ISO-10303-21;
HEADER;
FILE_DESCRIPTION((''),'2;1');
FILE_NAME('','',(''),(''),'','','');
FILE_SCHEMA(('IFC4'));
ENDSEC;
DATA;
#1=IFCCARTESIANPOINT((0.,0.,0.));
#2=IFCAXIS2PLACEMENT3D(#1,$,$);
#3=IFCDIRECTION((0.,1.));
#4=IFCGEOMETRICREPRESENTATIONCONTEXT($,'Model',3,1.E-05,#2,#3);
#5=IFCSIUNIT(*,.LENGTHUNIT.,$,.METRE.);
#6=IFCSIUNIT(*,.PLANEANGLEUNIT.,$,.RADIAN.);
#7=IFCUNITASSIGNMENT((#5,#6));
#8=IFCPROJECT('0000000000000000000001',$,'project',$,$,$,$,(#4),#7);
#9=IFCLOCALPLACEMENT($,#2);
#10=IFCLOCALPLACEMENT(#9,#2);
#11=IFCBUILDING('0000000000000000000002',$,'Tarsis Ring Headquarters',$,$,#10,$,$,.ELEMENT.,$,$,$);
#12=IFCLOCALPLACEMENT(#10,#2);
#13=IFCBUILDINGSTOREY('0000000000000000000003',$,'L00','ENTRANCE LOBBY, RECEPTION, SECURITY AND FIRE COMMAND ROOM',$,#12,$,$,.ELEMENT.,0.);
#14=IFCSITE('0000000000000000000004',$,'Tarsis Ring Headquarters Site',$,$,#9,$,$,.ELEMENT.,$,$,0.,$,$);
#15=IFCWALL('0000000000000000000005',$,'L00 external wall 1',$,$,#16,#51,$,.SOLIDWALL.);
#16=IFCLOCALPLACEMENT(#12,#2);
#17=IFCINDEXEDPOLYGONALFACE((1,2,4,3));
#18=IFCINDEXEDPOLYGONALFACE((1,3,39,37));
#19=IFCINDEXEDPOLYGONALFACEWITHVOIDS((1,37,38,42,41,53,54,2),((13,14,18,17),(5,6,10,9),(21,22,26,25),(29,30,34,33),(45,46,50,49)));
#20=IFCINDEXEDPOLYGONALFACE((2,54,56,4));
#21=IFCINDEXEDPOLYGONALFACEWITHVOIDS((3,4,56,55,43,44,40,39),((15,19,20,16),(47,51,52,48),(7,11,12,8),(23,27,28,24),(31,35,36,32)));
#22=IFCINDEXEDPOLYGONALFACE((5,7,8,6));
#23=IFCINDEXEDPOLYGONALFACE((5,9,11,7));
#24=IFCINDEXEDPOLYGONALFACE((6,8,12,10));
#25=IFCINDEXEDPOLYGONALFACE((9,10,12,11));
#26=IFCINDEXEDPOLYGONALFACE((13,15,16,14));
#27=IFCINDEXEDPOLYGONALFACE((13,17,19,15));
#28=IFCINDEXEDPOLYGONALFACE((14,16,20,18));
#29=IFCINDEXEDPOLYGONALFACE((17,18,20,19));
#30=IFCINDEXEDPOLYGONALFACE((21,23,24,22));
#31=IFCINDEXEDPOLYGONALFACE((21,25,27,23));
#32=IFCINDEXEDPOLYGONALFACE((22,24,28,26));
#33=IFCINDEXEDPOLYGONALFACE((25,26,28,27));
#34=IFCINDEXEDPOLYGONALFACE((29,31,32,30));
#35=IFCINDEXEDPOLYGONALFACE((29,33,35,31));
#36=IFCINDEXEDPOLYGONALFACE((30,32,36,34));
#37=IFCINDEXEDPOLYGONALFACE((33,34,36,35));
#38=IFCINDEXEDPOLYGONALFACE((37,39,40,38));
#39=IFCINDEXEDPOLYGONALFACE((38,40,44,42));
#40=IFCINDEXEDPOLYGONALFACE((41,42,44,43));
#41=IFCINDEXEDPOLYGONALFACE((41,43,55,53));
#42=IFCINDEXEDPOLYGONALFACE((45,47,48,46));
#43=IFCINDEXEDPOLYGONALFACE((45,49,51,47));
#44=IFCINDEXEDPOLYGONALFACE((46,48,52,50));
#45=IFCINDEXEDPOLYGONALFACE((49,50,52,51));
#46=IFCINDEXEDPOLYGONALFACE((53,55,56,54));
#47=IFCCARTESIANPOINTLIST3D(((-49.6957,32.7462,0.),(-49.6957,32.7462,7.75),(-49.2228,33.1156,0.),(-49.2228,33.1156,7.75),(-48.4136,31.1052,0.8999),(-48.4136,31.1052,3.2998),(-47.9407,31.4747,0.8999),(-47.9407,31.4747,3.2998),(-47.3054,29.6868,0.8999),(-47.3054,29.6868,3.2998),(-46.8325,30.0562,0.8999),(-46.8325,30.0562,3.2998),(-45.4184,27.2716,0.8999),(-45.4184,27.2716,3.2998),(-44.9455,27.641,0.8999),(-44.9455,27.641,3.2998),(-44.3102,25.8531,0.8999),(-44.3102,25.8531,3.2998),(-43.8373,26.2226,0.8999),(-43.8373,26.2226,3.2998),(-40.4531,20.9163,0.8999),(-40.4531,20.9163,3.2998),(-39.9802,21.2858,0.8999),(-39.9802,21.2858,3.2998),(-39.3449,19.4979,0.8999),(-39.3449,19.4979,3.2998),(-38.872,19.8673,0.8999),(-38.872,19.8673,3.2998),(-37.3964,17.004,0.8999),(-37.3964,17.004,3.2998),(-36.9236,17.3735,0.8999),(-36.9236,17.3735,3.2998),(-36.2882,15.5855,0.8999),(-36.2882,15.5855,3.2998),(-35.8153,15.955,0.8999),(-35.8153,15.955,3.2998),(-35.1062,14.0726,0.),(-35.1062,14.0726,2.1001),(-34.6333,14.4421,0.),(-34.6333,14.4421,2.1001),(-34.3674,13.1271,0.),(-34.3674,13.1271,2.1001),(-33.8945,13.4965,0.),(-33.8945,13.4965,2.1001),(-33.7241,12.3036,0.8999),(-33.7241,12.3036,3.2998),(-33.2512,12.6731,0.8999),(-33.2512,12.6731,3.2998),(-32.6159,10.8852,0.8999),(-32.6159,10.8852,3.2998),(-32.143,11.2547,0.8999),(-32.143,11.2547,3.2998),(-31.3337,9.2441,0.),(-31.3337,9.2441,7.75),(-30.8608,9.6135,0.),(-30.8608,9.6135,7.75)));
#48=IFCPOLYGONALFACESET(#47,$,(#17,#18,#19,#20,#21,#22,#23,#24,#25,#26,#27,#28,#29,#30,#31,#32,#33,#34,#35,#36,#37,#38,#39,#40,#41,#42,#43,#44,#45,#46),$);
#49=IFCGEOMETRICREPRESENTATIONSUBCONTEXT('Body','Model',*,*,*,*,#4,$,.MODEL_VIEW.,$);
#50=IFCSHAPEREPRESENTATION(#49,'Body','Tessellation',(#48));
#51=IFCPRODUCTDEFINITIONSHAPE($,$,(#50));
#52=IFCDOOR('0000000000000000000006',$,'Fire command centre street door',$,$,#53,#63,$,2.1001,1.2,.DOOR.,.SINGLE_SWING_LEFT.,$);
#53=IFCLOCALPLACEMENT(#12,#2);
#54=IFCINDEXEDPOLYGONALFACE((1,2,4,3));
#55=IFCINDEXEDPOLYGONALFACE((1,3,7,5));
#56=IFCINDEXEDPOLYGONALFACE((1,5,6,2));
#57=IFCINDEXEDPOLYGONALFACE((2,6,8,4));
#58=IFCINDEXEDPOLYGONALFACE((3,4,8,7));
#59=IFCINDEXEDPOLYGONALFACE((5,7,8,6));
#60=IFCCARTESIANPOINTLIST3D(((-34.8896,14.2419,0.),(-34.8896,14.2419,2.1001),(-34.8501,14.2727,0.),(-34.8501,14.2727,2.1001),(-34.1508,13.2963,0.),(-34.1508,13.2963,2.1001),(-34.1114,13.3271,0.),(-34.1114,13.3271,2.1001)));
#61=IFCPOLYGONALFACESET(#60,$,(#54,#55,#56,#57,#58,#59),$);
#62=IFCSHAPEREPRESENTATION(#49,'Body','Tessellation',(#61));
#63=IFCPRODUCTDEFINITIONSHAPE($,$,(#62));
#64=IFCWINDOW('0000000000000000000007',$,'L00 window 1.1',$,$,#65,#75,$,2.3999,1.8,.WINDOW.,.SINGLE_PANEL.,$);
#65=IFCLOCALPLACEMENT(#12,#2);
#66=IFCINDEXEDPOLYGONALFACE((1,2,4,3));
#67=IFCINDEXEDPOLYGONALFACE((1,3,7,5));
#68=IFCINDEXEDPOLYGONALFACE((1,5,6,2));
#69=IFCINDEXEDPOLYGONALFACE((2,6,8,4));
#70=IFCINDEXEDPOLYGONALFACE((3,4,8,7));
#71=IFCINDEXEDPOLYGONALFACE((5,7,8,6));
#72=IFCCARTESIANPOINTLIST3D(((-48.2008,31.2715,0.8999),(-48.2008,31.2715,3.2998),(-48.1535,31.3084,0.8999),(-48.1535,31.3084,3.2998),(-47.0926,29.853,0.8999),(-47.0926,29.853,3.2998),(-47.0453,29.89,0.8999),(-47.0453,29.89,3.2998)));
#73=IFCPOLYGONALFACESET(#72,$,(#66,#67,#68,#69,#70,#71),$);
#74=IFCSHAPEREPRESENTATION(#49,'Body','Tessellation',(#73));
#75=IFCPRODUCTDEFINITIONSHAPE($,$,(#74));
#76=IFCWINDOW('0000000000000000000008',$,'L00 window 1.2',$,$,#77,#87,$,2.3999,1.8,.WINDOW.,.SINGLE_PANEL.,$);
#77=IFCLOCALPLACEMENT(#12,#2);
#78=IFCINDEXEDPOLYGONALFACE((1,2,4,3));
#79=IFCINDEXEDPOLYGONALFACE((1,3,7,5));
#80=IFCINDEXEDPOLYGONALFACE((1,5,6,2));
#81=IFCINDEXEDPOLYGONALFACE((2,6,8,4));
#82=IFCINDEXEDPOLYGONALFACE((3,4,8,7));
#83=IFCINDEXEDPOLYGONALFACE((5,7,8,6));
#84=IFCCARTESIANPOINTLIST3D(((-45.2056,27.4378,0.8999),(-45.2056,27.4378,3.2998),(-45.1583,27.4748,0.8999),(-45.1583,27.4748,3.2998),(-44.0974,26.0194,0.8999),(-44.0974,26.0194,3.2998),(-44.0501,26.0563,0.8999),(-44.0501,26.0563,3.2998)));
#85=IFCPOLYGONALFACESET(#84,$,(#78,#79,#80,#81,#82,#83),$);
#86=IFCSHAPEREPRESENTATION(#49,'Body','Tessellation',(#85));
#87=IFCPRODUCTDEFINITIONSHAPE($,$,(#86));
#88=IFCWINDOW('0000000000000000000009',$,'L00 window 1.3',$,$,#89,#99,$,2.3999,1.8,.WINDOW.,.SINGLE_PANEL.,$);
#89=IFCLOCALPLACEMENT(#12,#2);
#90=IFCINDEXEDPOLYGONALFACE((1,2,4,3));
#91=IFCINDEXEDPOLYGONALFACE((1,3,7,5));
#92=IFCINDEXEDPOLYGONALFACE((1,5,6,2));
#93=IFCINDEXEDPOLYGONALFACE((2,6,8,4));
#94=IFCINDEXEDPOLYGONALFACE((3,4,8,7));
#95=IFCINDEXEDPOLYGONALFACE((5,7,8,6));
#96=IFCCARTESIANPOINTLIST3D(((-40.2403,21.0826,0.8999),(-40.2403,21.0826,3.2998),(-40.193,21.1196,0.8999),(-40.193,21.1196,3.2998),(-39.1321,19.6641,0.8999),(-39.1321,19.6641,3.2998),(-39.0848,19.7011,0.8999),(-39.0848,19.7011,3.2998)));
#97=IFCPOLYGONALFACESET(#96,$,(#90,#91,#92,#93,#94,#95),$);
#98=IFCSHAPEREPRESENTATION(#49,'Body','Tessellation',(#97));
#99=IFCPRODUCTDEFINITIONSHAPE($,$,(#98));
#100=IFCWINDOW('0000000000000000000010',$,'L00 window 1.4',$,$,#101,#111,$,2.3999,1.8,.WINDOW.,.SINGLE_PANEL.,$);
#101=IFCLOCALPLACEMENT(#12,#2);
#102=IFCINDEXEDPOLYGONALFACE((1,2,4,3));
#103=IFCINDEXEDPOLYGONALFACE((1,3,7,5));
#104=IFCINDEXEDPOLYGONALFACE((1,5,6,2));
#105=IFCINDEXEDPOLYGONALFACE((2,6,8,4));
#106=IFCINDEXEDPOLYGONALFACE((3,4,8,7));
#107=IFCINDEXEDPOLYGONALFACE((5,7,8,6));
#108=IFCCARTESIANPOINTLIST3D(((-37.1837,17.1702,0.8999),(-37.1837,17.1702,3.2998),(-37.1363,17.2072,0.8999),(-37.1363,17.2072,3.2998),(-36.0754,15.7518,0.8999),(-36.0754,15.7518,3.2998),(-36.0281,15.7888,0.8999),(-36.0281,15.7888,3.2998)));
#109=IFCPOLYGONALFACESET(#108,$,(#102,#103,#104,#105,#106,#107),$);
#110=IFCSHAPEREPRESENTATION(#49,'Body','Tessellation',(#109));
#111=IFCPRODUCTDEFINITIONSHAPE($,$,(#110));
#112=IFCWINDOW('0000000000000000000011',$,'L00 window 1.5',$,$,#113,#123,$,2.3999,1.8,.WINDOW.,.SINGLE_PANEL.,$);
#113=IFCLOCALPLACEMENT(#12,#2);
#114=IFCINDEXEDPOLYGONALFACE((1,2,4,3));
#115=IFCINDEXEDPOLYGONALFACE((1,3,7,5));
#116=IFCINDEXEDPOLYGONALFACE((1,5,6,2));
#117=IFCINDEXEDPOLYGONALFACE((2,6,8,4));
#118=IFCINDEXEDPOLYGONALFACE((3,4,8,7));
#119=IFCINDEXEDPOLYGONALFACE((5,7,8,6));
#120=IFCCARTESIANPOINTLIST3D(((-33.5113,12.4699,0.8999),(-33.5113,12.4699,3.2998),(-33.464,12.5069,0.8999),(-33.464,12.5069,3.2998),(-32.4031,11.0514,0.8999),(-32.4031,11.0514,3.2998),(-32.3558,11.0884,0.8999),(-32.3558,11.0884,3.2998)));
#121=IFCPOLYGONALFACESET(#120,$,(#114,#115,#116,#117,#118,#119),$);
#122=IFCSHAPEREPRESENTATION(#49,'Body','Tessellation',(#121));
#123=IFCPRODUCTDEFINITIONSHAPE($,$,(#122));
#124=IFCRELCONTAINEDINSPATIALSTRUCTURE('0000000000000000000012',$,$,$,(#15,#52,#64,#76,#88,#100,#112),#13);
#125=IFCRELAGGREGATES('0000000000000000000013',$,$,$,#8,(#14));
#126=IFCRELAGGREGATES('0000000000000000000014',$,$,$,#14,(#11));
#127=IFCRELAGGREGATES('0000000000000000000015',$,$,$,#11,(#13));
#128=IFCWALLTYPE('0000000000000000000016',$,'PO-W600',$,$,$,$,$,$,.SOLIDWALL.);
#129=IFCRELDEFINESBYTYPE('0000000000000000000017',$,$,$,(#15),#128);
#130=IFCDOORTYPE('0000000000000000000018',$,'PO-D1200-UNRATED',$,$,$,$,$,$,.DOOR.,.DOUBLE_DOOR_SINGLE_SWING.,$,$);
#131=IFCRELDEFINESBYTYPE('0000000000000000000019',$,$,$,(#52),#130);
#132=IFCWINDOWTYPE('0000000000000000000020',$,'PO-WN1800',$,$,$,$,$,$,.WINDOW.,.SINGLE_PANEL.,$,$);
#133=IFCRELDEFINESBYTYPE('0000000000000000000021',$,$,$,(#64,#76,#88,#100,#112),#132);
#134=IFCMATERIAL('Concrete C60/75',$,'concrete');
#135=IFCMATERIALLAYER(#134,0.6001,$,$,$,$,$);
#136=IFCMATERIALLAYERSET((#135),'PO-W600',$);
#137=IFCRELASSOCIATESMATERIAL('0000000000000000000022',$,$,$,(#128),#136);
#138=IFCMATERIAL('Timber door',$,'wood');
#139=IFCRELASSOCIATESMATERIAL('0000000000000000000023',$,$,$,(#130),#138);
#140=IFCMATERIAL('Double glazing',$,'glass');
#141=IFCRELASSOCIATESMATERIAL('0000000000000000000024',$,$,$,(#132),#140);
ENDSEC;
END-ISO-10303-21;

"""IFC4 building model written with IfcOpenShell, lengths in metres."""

from ifc_helpers import new_model, si_unit, direction, frame, frame_2d, origin, place, context, subcontext, project, spatial, rectangle, extrude, material, layer, layer_set, type_object, element, fill, save


model = new_model("IFC4")

# Units and contexts
model_context = context("Model", 3, precision=1e-05, world=origin(), true_north=direction((0.0, 1.0)))
body_context = subcontext(model_context, "Body", "Model", "MODEL_VIEW")
ifc_project = project(units=[si_unit("LENGTHUNIT", "METRE"), si_unit("PLANEANGLEUNIT", "RADIAN")], contexts=[model_context])

# Site, building, storey
site_placement = place(None, origin())
site = spatial("IfcSite", under=ifc_project, at=site_placement, Name="Tarsis Ring Headquarters Site", CompositionType="ELEMENT", RefElevation=0.0)
building_placement = place(site_placement, origin())
building = spatial("IfcBuilding", under=site, at=building_placement, Name="Tarsis Ring Headquarters", CompositionType="ELEMENT")
storey_placement = place(building_placement, origin())
storey = spatial("IfcBuildingStorey", under=building, at=storey_placement, Name="L00", Description="ENTRANCE LOBBY, RECEPTION, SECURITY AND FIRE COMMAND ROOM", CompositionType="ELEMENT", Elevation=0.0)

# Shared definitions
ifc_material_1 = material(Name="Concrete C60/75", Category="concrete")

# Wall, openings, door, windows
ifc_layer = layer(ifc_material_1, 0.6001)
ifc_layer_set = layer_set([ifc_layer], Name="PO-W600")
wall_type = type_object("IfcWallType", Name="PO-W600", PredefinedType="SOLIDWALL", material=ifc_layer_set)
wall_placement = place(storey_placement, frame((-49.4592, 32.9309, 0.0), z_axis=(0.0, 0.0, 1.0), x_axis=(0.615664, -0.788009, 0.0)))
wall = element("IfcWall", 1, at=wall_placement, inside=storey, type_object=wall_type, Name="L00 external wall 1", PredefinedType="SOLIDWALL", context=body_context, shape_type="SweptSolid", body=[
    extrude(rectangle(XDim=29.8247, YDim=0.6001, at=frame_2d((14.9124, 0.0))), origin(), (0.0, 0.0, 1.0), 7.75),
])
opening_1_placement = place(wall_placement, frame((2.0825, 0.0, 0.8999)))
opening_1 = element("IfcOpeningElement", 2, at=opening_1_placement, cuts=wall, PredefinedType="OPENING", context=body_context, shape_type="SweptSolid", body=[
    extrude(rectangle(XDim=1.8, YDim=2.3999, at=frame_2d((0.8999, 1.2))), frame((0.0, 0.3101, 0.0), z_axis=(0.0, -1.0, 0.0), x_axis=(1.0, 0.0, 0.0)), (0.0, 0.0, 1.0), 0.6201),
])
opening_2_placement = place(wall_placement, frame((6.9475, 0.0, 0.8999)))
opening_2 = element("IfcOpeningElement", 3, at=opening_2_placement, cuts=wall, PredefinedType="OPENING", context=body_context, shape_type="SweptSolid", body=[
    extrude(rectangle(XDim=1.8, YDim=2.3999, at=frame_2d((0.8999, 1.2))), frame((0.0, 0.3101, 0.0), z_axis=(0.0, -1.0, 0.0), x_axis=(1.0, 0.0, 0.0)), (0.0, 0.0, 1.0), 0.6201),
])
opening_3_placement = place(wall_placement, frame((15.0125, 0.0, 0.8999)))
opening_3 = element("IfcOpeningElement", 4, at=opening_3_placement, cuts=wall, PredefinedType="OPENING", context=body_context, shape_type="SweptSolid", body=[
    extrude(rectangle(XDim=1.8, YDim=2.3999, at=frame_2d((0.8999, 1.2))), frame((0.0, 0.3101, 0.0), z_axis=(0.0, -1.0, 0.0), x_axis=(1.0, 0.0, 0.0)), (0.0, 0.0, 1.0), 0.6201),
])
opening_4_placement = place(wall_placement, frame((19.9773, 0.0, 0.8999)))
opening_4 = element("IfcOpeningElement", 5, at=opening_4_placement, cuts=wall, PredefinedType="OPENING", context=body_context, shape_type="SweptSolid", body=[
    extrude(rectangle(XDim=1.8, YDim=2.3999, at=frame_2d((0.8999, 1.2))), frame((0.0, 0.3101, 0.0), z_axis=(0.0, -1.0, 0.0), x_axis=(1.0, 0.0, 0.0)), (0.0, 0.0, 1.0), 0.6201),
])
opening_5_placement = place(wall_placement, frame((25.9421, 0.0, 0.8999)))
opening_5 = element("IfcOpeningElement", 6, at=opening_5_placement, cuts=wall, PredefinedType="OPENING", context=body_context, shape_type="SweptSolid", body=[
    extrude(rectangle(XDim=1.8, YDim=2.3999, at=frame_2d((0.8999, 1.2))), frame((0.0, 0.3101, 0.0), z_axis=(0.0, -1.0, 0.0), x_axis=(1.0, 0.0, 0.0)), (0.0, 0.0, 1.0), 0.6201),
])
opening_6_placement = place(wall_placement, frame((23.697, 0.0, 0.0)))
opening_6 = element("IfcOpeningElement", 7, at=opening_6_placement, cuts=wall, PredefinedType="OPENING", context=body_context, shape_type="SweptSolid", body=[
    extrude(rectangle(XDim=1.2, YDim=2.1001, at=frame_2d((0.6001, 1.05))), frame((0.0, 0.3101, 0.0), z_axis=(0.0, -1.0, 0.0), x_axis=(1.0, 0.0, 0.0)), (0.0, 0.0, 1.0), 0.6201),
])
ifc_material_2 = material(Name="Timber door", Category="wood")
door_type = type_object("IfcDoorType", Name="PO-D1200-UNRATED", OperationType="DOUBLE_DOOR_SINGLE_SWING", PredefinedType="DOOR", material=ifc_material_2)
door_placement = place(opening_6_placement, origin())
door = element("IfcDoor", 8, at=door_placement, inside=storey, type_object=door_type, Name="Fire command centre street door", OperationType="SINGLE_SWING_LEFT", OverallHeight=2.1001, OverallWidth=1.2, PredefinedType="DOOR", context=body_context, shape_type="SweptSolid", body=[
    extrude(rectangle(XDim=1.2, YDim=2.1001, at=frame_2d((0.6001, 1.05))), frame((0.0, 0.0249, 0.0), z_axis=(0.0, -1.0, 0.0), x_axis=(1.0, 0.0, 0.0)), (0.0, 0.0, 1.0), 0.05),
])
fill(opening_6, door)
ifc_material_3 = material(Name="Double glazing", Category="glass")
window_type = type_object("IfcWindowType", Name="PO-WN1800", PartitioningType="SINGLE_PANEL", PredefinedType="WINDOW", material=ifc_material_3)
window_1_placement = place(opening_1_placement, origin())
window_1 = element("IfcWindow", 9, at=window_1_placement, inside=storey, type_object=window_type, Name="L00 window 1.1", OverallHeight=2.3999, OverallWidth=1.8, PartitioningType="SINGLE_PANEL", PredefinedType="WINDOW", context=body_context, shape_type="SweptSolid", body=[
    extrude(rectangle(XDim=1.8, YDim=2.3999, at=frame_2d((0.8999, 1.2))), frame((0.0, 0.03, 0.0), z_axis=(0.0, -1.0, 0.0), x_axis=(1.0, 0.0, 0.0)), (0.0, 0.0, 1.0), 0.0601),
])
fill(opening_1, window_1)
window_2_placement = place(opening_2_placement, origin())
window_2 = element("IfcWindow", 10, at=window_2_placement, inside=storey, type_object=window_type, Name="L00 window 1.2", OverallHeight=2.3999, OverallWidth=1.8, PartitioningType="SINGLE_PANEL", PredefinedType="WINDOW", context=body_context, shape_type="SweptSolid", body=[
    extrude(rectangle(XDim=1.8, YDim=2.3999, at=frame_2d((0.8999, 1.2))), frame((0.0, 0.03, 0.0), z_axis=(0.0, -1.0, 0.0), x_axis=(1.0, 0.0, 0.0)), (0.0, 0.0, 1.0), 0.0601),
])
fill(opening_2, window_2)
window_3_placement = place(opening_3_placement, origin())
window_3 = element("IfcWindow", 11, at=window_3_placement, inside=storey, type_object=window_type, Name="L00 window 1.3", OverallHeight=2.3999, OverallWidth=1.8, PartitioningType="SINGLE_PANEL", PredefinedType="WINDOW", context=body_context, shape_type="SweptSolid", body=[
    extrude(rectangle(XDim=1.8, YDim=2.3999, at=frame_2d((0.8999, 1.2))), frame((0.0, 0.03, 0.0), z_axis=(0.0, -1.0, 0.0), x_axis=(1.0, 0.0, 0.0)), (0.0, 0.0, 1.0), 0.0601),
])
fill(opening_3, window_3)
window_4_placement = place(opening_4_placement, origin())
window_4 = element("IfcWindow", 12, at=window_4_placement, inside=storey, type_object=window_type, Name="L00 window 1.4", OverallHeight=2.3999, OverallWidth=1.8, PartitioningType="SINGLE_PANEL", PredefinedType="WINDOW", context=body_context, shape_type="SweptSolid", body=[
    extrude(rectangle(XDim=1.8, YDim=2.3999, at=frame_2d((0.8999, 1.2))), frame((0.0, 0.03, 0.0), z_axis=(0.0, -1.0, 0.0), x_axis=(1.0, 0.0, 0.0)), (0.0, 0.0, 1.0), 0.0601),
])
fill(opening_4, window_4)
window_5_placement = place(opening_5_placement, origin())
window_5 = element("IfcWindow", 13, at=window_5_placement, inside=storey, type_object=window_type, Name="L00 window 1.5", OverallHeight=2.3999, OverallWidth=1.8, PartitioningType="SINGLE_PANEL", PredefinedType="WINDOW", context=body_context, shape_type="SweptSolid", body=[
    extrude(rectangle(XDim=1.8, YDim=2.3999, at=frame_2d((0.8999, 1.2))), frame((0.0, 0.03, 0.0), z_axis=(0.0, -1.0, 0.0), x_axis=(1.0, 0.0, 0.0)), (0.0, 0.0, 1.0), 0.0601),
])
fill(opening_5, window_5)

save(model, "model.ifc")
